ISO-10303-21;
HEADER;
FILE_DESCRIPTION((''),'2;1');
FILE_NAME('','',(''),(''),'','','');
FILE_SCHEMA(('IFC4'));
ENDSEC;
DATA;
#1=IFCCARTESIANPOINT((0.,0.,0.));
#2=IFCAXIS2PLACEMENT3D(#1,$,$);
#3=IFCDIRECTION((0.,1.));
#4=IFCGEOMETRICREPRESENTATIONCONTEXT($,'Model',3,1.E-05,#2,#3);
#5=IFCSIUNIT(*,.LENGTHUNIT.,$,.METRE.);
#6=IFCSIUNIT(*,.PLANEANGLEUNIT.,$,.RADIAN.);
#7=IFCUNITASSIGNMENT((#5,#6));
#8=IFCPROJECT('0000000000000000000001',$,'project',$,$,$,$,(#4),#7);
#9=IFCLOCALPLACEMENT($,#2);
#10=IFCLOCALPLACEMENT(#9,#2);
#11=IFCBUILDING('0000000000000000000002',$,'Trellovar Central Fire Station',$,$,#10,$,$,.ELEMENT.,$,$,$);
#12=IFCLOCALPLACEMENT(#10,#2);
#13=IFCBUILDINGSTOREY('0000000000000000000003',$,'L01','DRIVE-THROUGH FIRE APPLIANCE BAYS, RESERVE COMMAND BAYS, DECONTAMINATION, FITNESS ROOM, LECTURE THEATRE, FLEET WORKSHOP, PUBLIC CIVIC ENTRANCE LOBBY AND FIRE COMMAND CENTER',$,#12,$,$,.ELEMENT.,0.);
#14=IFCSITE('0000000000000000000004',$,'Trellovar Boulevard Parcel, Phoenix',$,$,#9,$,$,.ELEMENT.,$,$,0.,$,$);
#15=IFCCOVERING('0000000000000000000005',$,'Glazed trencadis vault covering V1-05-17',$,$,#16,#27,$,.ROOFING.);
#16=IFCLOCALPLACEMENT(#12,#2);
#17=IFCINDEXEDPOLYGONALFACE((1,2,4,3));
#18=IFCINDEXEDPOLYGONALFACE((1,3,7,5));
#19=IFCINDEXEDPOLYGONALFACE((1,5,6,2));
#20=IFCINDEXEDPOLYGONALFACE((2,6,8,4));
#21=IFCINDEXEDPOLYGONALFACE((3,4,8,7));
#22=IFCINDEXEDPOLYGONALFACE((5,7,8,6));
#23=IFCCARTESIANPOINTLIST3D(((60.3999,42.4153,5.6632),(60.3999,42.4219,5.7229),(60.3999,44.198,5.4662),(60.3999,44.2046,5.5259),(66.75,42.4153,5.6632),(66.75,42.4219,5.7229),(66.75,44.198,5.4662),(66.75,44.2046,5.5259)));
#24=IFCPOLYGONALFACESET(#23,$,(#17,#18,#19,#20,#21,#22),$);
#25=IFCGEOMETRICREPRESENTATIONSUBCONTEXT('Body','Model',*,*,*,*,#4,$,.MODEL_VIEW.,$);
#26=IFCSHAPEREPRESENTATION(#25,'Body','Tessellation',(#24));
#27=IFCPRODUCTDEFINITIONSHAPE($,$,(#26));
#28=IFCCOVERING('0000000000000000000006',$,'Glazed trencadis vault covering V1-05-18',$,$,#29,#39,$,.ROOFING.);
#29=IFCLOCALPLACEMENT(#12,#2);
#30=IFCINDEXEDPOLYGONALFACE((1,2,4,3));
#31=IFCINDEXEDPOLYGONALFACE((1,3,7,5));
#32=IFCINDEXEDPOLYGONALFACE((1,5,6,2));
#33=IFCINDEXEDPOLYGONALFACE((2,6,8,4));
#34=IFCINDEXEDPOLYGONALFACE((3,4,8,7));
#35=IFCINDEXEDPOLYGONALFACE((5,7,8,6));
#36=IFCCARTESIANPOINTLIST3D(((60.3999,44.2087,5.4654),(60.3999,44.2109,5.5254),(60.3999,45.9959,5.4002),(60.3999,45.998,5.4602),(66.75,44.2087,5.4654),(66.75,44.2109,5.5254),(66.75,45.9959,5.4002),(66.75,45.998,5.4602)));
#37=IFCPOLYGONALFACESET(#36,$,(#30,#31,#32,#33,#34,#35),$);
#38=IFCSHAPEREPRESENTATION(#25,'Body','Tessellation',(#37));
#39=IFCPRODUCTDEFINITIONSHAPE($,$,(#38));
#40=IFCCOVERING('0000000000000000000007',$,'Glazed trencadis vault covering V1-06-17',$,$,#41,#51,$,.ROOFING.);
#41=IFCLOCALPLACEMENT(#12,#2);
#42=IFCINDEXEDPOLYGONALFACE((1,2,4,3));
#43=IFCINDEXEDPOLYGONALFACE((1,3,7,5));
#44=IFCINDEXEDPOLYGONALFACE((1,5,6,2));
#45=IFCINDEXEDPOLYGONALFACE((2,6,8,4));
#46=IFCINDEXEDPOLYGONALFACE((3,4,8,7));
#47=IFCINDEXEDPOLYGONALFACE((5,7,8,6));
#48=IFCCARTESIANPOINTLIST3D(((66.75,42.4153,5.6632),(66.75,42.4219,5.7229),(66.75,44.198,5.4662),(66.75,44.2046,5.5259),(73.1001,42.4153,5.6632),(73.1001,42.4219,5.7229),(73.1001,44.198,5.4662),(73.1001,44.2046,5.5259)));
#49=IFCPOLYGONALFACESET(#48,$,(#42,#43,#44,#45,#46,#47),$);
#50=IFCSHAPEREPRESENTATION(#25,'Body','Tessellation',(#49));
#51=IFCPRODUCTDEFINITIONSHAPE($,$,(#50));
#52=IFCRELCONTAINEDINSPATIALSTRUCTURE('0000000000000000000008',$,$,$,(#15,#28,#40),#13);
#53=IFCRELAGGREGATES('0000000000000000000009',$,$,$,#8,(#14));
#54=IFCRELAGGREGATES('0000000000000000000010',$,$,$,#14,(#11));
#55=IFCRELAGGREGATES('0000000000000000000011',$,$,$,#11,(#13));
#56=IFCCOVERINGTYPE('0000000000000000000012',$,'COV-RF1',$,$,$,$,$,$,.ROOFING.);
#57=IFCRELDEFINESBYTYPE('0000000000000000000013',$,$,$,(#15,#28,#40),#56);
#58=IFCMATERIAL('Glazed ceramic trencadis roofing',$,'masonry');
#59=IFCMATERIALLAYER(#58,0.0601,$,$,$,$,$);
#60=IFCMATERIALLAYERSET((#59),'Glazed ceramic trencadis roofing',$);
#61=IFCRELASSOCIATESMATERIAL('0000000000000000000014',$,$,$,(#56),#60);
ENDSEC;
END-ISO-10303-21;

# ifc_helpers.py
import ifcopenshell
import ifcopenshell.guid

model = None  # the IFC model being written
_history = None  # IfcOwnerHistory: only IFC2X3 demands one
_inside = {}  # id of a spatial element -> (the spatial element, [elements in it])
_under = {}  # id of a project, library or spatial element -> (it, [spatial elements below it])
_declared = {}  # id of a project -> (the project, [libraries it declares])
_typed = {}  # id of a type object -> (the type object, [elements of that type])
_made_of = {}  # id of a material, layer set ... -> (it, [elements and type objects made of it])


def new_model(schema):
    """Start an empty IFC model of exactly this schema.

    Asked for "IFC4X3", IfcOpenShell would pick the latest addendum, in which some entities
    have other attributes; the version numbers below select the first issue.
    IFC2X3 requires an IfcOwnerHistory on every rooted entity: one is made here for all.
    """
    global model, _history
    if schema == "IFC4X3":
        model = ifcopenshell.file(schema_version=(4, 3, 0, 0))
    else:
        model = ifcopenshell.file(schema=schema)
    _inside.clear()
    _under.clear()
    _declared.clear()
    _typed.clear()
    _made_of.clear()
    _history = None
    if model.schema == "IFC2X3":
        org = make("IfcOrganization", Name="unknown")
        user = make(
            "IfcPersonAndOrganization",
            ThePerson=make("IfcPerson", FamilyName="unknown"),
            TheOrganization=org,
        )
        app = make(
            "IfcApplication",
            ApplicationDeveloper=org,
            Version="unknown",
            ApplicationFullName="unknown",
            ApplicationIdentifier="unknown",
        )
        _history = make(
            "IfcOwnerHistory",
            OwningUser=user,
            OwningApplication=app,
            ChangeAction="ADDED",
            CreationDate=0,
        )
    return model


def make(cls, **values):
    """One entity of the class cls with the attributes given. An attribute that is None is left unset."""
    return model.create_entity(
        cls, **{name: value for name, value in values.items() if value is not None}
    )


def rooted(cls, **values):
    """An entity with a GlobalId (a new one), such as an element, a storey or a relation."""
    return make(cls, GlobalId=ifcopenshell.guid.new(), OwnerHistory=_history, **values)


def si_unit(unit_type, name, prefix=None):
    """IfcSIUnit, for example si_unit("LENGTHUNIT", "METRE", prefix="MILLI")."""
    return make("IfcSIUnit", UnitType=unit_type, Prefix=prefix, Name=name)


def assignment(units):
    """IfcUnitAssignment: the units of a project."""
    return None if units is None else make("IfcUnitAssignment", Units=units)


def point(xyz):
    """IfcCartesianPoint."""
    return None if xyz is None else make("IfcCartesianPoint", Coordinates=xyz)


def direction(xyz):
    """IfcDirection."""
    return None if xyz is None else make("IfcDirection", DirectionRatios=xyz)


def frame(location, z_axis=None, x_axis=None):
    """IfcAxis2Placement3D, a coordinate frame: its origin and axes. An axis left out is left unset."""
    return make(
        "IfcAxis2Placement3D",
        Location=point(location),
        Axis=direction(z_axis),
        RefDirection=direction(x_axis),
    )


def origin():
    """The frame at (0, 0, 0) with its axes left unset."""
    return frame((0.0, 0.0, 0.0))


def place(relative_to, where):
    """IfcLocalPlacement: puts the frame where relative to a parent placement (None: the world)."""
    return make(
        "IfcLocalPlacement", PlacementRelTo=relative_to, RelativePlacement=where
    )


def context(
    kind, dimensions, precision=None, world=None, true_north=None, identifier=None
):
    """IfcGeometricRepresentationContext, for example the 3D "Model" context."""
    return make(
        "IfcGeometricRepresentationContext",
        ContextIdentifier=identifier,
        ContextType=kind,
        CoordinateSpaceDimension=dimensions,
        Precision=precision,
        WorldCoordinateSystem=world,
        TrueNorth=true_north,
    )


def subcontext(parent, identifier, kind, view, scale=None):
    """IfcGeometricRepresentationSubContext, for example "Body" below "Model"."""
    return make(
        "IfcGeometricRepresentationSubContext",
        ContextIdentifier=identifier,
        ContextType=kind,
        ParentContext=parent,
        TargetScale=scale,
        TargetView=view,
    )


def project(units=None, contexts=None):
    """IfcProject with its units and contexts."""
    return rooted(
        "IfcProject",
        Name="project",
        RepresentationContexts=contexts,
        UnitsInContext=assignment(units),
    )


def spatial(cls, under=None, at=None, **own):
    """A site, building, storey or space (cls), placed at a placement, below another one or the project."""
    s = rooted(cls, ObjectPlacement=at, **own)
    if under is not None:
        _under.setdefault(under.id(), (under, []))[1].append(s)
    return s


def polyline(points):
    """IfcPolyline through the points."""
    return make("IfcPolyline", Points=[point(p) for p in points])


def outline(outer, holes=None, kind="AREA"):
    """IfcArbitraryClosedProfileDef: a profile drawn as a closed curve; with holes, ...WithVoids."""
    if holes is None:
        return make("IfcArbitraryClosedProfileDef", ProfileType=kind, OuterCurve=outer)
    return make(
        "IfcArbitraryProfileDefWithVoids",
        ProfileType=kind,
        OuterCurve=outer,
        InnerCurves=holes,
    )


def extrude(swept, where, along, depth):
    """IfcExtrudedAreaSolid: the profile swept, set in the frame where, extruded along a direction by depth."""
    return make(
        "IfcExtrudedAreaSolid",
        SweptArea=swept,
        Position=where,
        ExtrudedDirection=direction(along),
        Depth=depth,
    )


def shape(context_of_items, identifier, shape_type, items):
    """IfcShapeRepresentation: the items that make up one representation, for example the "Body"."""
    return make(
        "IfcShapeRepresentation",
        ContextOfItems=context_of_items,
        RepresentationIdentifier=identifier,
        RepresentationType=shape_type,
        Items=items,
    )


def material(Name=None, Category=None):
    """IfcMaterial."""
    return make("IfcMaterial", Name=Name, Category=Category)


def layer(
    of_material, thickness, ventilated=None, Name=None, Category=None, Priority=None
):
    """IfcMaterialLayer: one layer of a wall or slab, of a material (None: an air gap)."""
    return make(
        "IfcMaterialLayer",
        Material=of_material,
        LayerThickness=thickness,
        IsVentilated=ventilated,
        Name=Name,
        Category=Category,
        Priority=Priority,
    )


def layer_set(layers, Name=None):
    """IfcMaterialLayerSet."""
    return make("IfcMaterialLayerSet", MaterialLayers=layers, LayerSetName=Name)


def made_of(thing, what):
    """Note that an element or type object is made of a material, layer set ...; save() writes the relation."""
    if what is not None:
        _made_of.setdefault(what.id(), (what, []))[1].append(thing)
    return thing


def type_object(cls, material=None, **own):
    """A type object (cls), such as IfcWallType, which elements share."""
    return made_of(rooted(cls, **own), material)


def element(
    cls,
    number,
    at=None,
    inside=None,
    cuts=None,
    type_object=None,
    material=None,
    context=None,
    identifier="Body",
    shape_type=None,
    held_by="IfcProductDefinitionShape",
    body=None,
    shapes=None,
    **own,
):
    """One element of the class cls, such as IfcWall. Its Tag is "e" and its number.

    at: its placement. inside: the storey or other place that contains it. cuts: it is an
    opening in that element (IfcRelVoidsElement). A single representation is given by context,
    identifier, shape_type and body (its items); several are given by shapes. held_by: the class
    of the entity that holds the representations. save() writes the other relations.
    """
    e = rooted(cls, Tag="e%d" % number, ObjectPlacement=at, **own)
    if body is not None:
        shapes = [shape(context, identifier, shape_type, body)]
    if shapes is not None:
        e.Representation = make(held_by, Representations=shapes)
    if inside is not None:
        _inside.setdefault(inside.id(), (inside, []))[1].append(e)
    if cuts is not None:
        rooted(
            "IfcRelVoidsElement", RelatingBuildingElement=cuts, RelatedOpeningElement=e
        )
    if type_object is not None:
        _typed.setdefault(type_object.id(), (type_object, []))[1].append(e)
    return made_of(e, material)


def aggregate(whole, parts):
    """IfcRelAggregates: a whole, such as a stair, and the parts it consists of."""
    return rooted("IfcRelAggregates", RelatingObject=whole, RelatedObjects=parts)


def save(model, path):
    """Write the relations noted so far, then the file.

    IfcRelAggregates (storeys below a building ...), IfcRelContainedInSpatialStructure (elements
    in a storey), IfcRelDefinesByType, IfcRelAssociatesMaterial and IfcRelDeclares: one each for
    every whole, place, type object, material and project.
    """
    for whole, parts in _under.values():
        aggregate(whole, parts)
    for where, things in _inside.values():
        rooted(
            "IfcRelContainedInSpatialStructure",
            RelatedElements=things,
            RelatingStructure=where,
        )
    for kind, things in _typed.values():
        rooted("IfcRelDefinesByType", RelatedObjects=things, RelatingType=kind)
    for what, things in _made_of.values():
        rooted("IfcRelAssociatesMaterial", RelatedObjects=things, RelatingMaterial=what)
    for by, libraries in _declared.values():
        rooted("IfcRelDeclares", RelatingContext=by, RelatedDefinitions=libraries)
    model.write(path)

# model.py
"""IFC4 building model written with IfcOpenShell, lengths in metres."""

from ifc_helpers import new_model, si_unit, direction, frame, origin, place, context, subcontext, project, spatial, polyline, outline, extrude, material, layer, layer_set, type_object, element, save


model = new_model("IFC4")

# Units and contexts
model_context = context("Model", 3, precision=1e-05, world=origin(), true_north=direction((0.0, 1.0)))
body_context = subcontext(model_context, "Body", "Model", "MODEL_VIEW")
ifc_project = project(units=[si_unit("LENGTHUNIT", "METRE"), si_unit("PLANEANGLEUNIT", "RADIAN")], contexts=[model_context])

# Site, building, storey
site_placement = place(None, origin())
site = spatial("IfcSite", under=ifc_project, at=site_placement, Name="Trellovar Boulevard Parcel, Phoenix", CompositionType="ELEMENT", RefElevation=0.0)
building_placement = place(site_placement, origin())
building = spatial("IfcBuilding", under=site, at=building_placement, Name="Trellovar Central Fire Station", CompositionType="ELEMENT")
storey_placement = place(building_placement, origin())
storey = spatial("IfcBuildingStorey", under=building, at=storey_placement, Name="L01", Description="DRIVE-THROUGH FIRE APPLIANCE BAYS, RESERVE COMMAND BAYS, DECONTAMINATION, FITNESS ROOM, LECTURE THEATRE, FLEET WORKSHOP, PUBLIC CIVIC ENTRANCE LOBBY AND FIRE COMMAND CENTER", CompositionType="ELEMENT", Elevation=0.0)

# Coverings
ifc_material_1 = material(Name="Glazed ceramic trencadis roofing", Category="masonry")
ifc_layer_1 = layer(ifc_material_1, 0.0601)
ifc_layer_set_1 = layer_set([ifc_layer_1], Name="Glazed ceramic trencadis roofing")
covering_type = type_object("IfcCoveringType", Name="COV-RF1", PredefinedType="ROOFING", material=ifc_layer_set_1)
covering_1_placement = place(storey_placement, frame((60.3999, 42.4219, 5.7229), z_axis=(0.0, 0.109849, 0.993948), x_axis=(1.0, 0.0, 0.0)))
element("IfcCovering", 1, at=covering_1_placement, inside=storey, type_object=covering_type, Name="Glazed trencadis vault covering V1-05-17", PredefinedType="ROOFING", context=body_context, shape_type="SweptSolid", body=[
    extrude(outline(polyline([(0.0, 0.0), (6.3501, 0.0), (6.3501, 1.7936), (0.0, 1.7936), (0.0, 0.0)])), origin(), (0.0, 0.0, -1.0), 0.0601),
])
covering_2_placement = place(storey_placement, frame((60.3999, 44.2109, 5.5254), z_axis=(0.0, 0.036451, 0.999335), x_axis=(1.0, 0.0, 0.0)))
element("IfcCovering", 2, at=covering_2_placement, inside=storey, type_object=covering_type, Name="Glazed trencadis vault covering V1-05-18", PredefinedType="ROOFING", context=body_context, shape_type="SweptSolid", body=[
    extrude(outline(polyline([(0.0, 0.0), (6.3501, 0.0), (6.3501, 1.7883), (0.0, 1.7883), (0.0, 0.0)])), origin(), (0.0, 0.0, -1.0), 0.0601),
])
covering_3_placement = place(storey_placement, frame((66.75, 42.4219, 5.7229), z_axis=(0.0, 0.109849, 0.993948), x_axis=(1.0, 0.0, 0.0)))
element("IfcCovering", 3, at=covering_3_placement, inside=storey, type_object=covering_type, Name="Glazed trencadis vault covering V1-06-17", PredefinedType="ROOFING", context=body_context, shape_type="SweptSolid", body=[
    extrude(outline(polyline([(0.0, 0.0), (6.3501, 0.0), (6.3501, 1.7936), (0.0, 1.7936), (0.0, 0.0)])), origin(), (0.0, 0.0, -1.0), 0.0601),
])

save(model, "model.ifc")
